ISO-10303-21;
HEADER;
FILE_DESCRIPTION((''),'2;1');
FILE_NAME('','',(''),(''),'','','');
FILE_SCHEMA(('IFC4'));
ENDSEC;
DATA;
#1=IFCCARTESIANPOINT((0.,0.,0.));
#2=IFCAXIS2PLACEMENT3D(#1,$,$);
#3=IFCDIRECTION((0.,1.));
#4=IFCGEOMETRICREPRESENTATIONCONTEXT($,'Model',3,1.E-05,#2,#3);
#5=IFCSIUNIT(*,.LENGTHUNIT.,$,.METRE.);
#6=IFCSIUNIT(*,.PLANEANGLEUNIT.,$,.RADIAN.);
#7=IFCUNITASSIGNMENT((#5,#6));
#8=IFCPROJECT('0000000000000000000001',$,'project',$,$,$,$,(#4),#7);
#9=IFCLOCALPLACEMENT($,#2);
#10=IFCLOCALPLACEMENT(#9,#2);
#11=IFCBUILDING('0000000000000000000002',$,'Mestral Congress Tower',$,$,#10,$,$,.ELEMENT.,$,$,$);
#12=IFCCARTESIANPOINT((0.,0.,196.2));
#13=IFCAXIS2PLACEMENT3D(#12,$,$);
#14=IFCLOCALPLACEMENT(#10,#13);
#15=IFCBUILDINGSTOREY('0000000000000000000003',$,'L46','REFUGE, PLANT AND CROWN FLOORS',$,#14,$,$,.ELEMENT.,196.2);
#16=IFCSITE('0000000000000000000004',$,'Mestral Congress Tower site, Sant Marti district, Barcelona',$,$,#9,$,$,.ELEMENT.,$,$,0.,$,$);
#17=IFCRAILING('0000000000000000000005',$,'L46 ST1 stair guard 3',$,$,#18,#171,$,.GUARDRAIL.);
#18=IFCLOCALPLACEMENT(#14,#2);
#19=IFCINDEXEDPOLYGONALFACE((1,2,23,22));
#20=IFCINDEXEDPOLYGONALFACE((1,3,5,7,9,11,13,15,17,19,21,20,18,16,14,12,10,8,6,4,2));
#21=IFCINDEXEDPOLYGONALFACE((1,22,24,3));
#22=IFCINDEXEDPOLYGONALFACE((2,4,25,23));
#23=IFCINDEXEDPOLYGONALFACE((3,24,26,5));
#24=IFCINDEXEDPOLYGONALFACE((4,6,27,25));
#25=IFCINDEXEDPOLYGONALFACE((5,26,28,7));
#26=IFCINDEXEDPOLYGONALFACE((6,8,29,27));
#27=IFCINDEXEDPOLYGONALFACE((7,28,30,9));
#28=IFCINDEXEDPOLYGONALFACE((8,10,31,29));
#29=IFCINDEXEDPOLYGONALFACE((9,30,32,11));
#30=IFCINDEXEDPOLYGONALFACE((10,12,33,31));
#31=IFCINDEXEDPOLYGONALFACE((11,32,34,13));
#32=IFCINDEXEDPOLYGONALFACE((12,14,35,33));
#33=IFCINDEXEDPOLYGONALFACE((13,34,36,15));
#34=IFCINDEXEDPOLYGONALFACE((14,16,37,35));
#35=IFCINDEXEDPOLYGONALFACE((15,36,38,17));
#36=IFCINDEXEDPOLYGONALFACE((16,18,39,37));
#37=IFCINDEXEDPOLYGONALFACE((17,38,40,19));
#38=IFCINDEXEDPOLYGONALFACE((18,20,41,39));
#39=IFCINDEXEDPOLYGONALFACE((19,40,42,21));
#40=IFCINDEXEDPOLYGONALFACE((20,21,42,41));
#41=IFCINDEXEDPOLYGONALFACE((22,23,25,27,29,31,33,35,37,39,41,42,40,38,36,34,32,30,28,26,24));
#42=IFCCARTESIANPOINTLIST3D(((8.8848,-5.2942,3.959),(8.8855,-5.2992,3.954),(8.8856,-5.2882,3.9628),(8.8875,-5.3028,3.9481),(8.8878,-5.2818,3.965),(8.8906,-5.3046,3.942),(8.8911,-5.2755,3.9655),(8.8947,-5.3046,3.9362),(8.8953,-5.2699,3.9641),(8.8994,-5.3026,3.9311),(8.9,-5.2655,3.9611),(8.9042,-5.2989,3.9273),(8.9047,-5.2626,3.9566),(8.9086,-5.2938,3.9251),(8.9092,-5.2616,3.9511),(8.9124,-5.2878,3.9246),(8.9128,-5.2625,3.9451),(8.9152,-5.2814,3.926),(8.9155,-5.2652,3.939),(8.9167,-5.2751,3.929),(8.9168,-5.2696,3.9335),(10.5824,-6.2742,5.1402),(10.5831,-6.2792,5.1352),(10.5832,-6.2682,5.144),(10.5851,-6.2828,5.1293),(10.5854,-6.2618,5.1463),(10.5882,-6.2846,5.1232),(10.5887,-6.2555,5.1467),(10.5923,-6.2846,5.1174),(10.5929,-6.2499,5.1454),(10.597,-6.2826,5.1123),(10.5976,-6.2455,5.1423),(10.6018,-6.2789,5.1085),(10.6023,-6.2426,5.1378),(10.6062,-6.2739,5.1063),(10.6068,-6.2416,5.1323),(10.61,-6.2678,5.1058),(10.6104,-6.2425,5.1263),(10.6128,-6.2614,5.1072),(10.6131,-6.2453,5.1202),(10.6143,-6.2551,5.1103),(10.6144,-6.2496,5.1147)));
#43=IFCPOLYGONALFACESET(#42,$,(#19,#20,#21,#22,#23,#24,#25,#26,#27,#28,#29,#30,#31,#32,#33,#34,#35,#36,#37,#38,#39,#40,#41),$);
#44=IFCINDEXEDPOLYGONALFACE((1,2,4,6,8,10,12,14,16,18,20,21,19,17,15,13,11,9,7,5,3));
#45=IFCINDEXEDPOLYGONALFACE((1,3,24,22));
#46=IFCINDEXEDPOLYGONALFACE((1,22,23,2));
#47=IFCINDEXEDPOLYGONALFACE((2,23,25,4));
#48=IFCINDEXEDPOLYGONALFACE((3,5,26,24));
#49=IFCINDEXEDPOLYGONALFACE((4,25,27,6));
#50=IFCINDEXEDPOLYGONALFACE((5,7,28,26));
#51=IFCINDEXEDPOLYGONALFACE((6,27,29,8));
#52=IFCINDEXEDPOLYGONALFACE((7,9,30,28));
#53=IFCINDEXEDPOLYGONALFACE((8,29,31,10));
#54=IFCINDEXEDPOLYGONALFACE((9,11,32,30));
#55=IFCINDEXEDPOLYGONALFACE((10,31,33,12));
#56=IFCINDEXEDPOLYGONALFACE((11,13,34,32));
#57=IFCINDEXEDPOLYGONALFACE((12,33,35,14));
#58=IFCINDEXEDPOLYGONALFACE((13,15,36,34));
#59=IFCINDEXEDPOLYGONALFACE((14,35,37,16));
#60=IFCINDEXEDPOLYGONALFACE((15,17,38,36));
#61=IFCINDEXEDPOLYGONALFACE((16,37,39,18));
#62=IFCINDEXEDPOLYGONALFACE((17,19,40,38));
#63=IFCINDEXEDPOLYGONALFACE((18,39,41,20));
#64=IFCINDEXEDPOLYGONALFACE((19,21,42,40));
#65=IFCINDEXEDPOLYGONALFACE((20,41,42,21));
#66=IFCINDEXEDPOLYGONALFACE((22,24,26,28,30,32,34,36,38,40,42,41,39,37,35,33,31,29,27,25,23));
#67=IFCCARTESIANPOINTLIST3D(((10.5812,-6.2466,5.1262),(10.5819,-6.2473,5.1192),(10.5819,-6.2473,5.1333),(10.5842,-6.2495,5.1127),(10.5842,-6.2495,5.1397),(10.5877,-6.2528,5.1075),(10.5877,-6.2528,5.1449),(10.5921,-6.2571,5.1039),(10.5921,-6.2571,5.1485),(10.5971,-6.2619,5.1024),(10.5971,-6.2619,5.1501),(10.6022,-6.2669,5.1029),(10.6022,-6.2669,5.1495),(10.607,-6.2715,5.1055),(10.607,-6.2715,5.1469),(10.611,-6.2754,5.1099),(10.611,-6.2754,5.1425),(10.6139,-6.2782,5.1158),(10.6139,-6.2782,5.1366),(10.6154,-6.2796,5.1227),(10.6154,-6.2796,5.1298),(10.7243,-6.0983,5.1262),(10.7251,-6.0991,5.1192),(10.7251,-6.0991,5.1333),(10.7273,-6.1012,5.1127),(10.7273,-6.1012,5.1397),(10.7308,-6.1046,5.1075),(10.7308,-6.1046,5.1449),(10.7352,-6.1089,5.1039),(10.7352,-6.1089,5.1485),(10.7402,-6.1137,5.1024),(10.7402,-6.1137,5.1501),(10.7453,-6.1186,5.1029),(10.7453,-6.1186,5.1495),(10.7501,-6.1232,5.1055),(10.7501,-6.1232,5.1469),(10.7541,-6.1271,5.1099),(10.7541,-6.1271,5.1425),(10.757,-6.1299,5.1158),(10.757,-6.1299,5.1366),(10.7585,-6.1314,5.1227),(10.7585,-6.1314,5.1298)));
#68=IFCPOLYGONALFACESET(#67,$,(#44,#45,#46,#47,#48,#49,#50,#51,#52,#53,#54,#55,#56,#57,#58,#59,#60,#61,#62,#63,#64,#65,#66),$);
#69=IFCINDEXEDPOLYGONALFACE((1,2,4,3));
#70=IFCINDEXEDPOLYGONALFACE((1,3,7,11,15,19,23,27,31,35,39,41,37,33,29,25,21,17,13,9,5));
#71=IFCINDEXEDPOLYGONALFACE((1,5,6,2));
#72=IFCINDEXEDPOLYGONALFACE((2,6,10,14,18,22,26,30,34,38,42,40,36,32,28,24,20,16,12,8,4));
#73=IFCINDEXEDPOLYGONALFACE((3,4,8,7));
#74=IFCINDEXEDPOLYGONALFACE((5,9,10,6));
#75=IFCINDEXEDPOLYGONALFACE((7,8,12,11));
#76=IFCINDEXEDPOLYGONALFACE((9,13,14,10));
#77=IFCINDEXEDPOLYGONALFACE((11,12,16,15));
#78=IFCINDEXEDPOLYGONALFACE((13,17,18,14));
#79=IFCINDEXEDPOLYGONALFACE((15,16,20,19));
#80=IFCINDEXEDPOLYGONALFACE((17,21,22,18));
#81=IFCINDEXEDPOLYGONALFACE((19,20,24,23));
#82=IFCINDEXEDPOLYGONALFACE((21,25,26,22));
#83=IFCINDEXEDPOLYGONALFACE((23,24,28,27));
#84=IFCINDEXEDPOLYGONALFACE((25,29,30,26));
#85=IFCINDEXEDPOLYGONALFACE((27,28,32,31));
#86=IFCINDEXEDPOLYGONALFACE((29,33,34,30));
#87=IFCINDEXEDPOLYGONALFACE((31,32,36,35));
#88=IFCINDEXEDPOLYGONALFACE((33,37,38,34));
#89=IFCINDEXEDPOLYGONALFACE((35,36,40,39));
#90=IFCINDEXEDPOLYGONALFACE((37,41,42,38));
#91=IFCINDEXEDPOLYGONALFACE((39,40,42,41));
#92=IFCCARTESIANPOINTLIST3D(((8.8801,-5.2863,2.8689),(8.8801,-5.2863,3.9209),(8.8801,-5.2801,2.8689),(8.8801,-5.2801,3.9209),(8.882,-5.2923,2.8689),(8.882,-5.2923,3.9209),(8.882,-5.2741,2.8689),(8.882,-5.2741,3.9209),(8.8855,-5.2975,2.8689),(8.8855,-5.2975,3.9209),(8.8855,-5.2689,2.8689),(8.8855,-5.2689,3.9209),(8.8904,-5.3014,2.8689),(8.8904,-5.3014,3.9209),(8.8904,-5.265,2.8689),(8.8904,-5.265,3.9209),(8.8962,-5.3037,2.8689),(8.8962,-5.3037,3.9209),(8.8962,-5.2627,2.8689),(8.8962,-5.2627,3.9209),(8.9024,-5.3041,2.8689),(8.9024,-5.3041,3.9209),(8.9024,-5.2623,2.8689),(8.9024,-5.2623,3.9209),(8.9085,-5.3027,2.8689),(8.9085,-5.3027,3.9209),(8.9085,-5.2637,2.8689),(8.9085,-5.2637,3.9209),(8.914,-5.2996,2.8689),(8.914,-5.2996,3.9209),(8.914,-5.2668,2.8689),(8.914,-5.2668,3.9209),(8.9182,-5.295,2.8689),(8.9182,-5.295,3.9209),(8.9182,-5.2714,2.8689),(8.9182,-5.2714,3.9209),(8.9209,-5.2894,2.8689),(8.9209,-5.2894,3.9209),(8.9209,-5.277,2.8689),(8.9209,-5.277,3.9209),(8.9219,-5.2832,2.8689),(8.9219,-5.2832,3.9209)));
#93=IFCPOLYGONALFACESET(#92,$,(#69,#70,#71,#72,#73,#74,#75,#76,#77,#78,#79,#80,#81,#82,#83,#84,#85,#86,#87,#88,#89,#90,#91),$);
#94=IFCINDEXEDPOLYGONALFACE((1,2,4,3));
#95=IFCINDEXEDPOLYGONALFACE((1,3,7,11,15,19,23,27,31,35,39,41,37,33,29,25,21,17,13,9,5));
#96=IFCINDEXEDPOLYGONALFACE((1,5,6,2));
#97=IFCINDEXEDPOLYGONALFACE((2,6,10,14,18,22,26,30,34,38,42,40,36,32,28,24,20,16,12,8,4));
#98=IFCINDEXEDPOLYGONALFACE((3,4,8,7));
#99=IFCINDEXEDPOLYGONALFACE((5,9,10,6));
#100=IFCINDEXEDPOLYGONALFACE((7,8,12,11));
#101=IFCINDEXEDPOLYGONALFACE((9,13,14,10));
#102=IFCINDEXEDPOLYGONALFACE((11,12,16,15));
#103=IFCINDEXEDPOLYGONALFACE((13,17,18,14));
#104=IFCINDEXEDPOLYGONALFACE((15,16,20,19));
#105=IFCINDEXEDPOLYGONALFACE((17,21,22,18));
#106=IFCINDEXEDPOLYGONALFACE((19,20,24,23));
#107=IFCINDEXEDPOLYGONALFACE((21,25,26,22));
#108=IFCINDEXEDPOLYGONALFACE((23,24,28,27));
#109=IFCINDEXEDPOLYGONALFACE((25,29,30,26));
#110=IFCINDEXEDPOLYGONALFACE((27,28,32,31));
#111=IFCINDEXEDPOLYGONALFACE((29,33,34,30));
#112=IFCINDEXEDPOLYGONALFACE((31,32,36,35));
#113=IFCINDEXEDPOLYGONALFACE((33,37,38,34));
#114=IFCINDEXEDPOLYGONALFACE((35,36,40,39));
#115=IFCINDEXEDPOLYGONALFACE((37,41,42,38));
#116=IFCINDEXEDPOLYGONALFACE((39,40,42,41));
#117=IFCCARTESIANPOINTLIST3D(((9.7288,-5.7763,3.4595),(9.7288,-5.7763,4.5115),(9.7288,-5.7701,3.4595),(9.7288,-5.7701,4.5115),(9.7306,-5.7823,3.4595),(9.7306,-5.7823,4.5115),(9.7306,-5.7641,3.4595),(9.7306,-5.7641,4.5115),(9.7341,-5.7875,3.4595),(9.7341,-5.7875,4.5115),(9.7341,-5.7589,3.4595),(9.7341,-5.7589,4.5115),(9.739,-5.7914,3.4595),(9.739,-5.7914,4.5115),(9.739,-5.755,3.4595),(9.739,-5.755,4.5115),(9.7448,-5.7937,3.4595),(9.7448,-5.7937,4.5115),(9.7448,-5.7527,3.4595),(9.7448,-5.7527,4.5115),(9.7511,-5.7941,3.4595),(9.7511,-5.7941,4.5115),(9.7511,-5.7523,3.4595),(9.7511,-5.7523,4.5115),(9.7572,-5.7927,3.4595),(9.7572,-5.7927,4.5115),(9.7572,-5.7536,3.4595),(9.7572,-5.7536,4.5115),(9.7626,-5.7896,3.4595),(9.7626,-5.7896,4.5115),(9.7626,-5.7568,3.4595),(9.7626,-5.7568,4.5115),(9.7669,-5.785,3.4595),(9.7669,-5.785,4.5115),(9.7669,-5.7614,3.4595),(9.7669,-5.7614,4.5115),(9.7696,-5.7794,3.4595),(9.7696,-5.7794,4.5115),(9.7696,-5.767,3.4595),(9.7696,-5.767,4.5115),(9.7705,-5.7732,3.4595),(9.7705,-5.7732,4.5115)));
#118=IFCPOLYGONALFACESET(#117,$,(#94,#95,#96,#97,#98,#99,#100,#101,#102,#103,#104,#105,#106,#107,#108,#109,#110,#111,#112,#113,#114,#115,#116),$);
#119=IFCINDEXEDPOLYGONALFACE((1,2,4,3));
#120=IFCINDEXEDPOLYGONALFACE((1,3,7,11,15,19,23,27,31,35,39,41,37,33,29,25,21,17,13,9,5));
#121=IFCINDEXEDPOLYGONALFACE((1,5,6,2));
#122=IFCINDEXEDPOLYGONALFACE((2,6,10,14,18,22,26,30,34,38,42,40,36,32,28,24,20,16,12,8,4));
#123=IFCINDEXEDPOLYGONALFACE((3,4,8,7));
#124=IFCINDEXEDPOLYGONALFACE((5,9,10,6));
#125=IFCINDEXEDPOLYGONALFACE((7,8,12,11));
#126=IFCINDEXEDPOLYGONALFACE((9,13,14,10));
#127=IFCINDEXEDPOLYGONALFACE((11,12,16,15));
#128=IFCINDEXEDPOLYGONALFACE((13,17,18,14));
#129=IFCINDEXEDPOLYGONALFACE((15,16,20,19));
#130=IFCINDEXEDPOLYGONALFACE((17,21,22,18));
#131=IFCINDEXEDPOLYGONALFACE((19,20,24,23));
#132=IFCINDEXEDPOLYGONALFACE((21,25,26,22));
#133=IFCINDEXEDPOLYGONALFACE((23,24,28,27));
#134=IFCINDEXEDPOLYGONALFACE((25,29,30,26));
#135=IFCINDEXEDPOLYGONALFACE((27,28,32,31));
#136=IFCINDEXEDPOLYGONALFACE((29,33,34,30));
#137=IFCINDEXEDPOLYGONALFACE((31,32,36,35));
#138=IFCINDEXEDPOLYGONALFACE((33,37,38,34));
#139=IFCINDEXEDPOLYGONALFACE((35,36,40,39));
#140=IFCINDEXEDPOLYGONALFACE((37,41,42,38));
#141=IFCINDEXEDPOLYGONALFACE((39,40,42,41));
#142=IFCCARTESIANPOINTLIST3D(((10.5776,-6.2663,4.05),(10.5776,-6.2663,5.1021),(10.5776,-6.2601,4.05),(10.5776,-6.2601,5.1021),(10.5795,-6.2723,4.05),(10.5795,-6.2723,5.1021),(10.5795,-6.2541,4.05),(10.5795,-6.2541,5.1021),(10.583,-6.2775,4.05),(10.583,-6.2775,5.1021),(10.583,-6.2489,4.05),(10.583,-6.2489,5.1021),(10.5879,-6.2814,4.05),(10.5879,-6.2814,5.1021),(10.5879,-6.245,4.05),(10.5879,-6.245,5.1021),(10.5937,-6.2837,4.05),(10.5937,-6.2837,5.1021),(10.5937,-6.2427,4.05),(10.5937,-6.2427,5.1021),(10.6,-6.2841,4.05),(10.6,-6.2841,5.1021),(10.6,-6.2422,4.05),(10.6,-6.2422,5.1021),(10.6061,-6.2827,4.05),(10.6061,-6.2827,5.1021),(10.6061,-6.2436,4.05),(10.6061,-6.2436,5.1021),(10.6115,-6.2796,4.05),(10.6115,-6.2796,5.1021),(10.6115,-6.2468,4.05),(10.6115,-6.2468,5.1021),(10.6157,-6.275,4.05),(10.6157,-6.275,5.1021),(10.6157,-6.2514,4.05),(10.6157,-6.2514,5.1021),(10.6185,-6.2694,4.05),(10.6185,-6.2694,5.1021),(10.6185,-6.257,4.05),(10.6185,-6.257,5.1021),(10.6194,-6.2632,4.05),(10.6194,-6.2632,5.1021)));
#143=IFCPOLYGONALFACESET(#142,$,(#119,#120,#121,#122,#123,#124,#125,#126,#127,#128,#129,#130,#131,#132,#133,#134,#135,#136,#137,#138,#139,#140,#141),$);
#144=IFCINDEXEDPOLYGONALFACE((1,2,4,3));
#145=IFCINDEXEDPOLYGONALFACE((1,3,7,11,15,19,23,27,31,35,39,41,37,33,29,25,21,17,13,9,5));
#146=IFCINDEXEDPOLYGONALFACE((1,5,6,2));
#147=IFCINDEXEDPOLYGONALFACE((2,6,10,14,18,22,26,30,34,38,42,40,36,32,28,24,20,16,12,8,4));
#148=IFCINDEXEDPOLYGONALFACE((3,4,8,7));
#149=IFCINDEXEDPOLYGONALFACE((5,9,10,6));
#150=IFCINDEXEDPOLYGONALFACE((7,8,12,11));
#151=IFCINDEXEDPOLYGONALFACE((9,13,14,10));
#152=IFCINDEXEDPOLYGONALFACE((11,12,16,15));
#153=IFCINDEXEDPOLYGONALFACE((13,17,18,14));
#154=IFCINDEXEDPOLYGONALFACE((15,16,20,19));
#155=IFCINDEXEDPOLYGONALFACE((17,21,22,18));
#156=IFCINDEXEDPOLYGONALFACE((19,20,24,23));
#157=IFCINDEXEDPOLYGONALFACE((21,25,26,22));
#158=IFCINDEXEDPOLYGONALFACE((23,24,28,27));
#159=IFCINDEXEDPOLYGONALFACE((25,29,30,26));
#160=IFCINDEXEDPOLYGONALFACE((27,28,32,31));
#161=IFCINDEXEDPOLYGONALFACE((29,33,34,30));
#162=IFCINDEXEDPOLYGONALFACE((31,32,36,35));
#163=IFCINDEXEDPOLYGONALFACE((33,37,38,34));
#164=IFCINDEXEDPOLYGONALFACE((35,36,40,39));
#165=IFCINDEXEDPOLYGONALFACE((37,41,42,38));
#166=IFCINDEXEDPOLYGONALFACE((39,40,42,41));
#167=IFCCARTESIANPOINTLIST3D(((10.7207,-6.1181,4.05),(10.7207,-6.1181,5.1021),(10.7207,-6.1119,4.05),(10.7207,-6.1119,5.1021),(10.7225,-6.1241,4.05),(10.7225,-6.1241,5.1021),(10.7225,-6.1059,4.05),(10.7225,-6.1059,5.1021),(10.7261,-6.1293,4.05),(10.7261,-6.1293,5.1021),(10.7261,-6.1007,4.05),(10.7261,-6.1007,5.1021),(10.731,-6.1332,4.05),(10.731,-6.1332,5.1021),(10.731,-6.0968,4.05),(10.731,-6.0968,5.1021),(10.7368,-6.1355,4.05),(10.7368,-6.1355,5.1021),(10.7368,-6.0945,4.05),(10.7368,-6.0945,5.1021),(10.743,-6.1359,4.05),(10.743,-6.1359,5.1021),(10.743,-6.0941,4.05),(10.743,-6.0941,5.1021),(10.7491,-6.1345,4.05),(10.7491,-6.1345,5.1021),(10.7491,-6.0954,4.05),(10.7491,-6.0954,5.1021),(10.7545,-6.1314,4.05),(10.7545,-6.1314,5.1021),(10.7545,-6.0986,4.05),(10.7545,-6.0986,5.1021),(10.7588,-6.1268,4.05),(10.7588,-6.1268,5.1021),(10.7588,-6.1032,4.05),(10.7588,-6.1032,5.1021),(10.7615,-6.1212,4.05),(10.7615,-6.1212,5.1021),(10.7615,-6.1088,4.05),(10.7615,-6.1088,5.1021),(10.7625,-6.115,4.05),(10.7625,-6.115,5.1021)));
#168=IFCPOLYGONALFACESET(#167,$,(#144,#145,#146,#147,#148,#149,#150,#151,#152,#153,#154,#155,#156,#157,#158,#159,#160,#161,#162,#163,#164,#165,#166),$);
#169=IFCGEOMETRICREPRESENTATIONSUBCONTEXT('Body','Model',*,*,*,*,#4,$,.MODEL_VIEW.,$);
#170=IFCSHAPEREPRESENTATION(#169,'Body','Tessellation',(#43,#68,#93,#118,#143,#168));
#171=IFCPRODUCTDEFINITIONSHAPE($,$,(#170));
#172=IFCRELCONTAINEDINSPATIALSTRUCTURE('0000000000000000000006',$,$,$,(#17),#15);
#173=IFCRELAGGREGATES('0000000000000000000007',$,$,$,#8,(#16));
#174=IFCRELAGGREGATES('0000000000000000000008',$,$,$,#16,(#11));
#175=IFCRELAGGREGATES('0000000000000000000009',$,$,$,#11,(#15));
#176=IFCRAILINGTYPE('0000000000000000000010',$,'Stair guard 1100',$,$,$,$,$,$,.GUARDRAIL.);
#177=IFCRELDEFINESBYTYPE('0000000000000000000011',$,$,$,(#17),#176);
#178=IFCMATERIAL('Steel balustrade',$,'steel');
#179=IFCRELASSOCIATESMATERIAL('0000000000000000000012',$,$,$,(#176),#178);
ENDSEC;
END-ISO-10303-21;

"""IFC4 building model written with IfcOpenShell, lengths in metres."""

from ifc_helpers import new_model, si_unit, direction, frame, origin, origin_2d, place, context, subcontext, project, spatial, circle, extrude, material, type_object, element, save


model = new_model("IFC4")

# Units and contexts
model_context = context("Model", 3, precision=1e-05, world=origin(), true_north=direction((0.0, 1.0)))
body_context = subcontext(model_context, "Body", "Model", "MODEL_VIEW")
ifc_project = project(units=[si_unit("LENGTHUNIT", "METRE"), si_unit("PLANEANGLEUNIT", "RADIAN")], contexts=[model_context])

# Site, building, storey
site_placement = place(None, origin())
site = spatial("IfcSite", under=ifc_project, at=site_placement, Name="Mestral Congress Tower site, Sant Marti district, Barcelona", CompositionType="ELEMENT", RefElevation=0.0)
building_placement = place(site_placement, origin())
building = spatial("IfcBuilding", under=site, at=building_placement, Name="Mestral Congress Tower", CompositionType="ELEMENT")
storey_placement = place(building_placement, frame((0.0, 0.0, 196.2)))
storey = spatial("IfcBuildingStorey", under=building, at=storey_placement, Name="L46", Description="REFUGE, PLANT AND CROWN FLOORS", CompositionType="ELEMENT", Elevation=196.2)

# Railing
ifc_material_1 = material(Name="Steel balustrade", Category="steel")
railing_type_1 = type_object("IfcRailingType", Name="Stair guard 1100", PredefinedType="GUARDRAIL", material=ifc_material_1)
railing_1_placement = place(storey_placement, frame((8.9009, -5.2832, 2.8689)))
element("IfcRailing", 1, at=railing_1_placement, inside=storey, type_object=railing_type_1, Name="L46 ST1 stair guard 3", PredefinedType="GUARDRAIL", context=body_context, shape_type="SweptSolid", body=[
    extrude(circle(Radius=0.0239, at=origin_2d()), frame((0.0, 0.0, 1.0762), z_axis=(0.741771, -0.428228, 0.516135), x_axis=(0.49997, 0.866042, 0.0)), (0.0, 0.0, 1.0), 2.2886),
    extrude(circle(Radius=0.0239, at=origin_2d()), frame((1.6975, -0.98, 2.2573), z_axis=(0.694552, 0.719442, 0.0), x_axis=(-0.719442, 0.694552, 0.0)), (0.0, 0.0, 1.0), 0.2061),
    extrude(circle(Radius=0.021, at=origin_2d()), origin(), (0.0, 0.0, 1.0), 1.052),
    extrude(circle(Radius=0.021, at=origin_2d()), frame((0.8486, -0.49, 0.5906)), (0.0, 0.0, 1.0), 1.052),
    extrude(circle(Radius=0.021, at=origin_2d()), frame((1.6975, -0.98, 1.1812)), (0.0, 0.0, 1.0), 1.052),
    extrude(circle(Radius=0.021, at=origin_2d()), frame((1.8406, -0.8318, 1.1812)), (0.0, 0.0, 1.0), 1.052),
])

save(model, "model.ifc")
